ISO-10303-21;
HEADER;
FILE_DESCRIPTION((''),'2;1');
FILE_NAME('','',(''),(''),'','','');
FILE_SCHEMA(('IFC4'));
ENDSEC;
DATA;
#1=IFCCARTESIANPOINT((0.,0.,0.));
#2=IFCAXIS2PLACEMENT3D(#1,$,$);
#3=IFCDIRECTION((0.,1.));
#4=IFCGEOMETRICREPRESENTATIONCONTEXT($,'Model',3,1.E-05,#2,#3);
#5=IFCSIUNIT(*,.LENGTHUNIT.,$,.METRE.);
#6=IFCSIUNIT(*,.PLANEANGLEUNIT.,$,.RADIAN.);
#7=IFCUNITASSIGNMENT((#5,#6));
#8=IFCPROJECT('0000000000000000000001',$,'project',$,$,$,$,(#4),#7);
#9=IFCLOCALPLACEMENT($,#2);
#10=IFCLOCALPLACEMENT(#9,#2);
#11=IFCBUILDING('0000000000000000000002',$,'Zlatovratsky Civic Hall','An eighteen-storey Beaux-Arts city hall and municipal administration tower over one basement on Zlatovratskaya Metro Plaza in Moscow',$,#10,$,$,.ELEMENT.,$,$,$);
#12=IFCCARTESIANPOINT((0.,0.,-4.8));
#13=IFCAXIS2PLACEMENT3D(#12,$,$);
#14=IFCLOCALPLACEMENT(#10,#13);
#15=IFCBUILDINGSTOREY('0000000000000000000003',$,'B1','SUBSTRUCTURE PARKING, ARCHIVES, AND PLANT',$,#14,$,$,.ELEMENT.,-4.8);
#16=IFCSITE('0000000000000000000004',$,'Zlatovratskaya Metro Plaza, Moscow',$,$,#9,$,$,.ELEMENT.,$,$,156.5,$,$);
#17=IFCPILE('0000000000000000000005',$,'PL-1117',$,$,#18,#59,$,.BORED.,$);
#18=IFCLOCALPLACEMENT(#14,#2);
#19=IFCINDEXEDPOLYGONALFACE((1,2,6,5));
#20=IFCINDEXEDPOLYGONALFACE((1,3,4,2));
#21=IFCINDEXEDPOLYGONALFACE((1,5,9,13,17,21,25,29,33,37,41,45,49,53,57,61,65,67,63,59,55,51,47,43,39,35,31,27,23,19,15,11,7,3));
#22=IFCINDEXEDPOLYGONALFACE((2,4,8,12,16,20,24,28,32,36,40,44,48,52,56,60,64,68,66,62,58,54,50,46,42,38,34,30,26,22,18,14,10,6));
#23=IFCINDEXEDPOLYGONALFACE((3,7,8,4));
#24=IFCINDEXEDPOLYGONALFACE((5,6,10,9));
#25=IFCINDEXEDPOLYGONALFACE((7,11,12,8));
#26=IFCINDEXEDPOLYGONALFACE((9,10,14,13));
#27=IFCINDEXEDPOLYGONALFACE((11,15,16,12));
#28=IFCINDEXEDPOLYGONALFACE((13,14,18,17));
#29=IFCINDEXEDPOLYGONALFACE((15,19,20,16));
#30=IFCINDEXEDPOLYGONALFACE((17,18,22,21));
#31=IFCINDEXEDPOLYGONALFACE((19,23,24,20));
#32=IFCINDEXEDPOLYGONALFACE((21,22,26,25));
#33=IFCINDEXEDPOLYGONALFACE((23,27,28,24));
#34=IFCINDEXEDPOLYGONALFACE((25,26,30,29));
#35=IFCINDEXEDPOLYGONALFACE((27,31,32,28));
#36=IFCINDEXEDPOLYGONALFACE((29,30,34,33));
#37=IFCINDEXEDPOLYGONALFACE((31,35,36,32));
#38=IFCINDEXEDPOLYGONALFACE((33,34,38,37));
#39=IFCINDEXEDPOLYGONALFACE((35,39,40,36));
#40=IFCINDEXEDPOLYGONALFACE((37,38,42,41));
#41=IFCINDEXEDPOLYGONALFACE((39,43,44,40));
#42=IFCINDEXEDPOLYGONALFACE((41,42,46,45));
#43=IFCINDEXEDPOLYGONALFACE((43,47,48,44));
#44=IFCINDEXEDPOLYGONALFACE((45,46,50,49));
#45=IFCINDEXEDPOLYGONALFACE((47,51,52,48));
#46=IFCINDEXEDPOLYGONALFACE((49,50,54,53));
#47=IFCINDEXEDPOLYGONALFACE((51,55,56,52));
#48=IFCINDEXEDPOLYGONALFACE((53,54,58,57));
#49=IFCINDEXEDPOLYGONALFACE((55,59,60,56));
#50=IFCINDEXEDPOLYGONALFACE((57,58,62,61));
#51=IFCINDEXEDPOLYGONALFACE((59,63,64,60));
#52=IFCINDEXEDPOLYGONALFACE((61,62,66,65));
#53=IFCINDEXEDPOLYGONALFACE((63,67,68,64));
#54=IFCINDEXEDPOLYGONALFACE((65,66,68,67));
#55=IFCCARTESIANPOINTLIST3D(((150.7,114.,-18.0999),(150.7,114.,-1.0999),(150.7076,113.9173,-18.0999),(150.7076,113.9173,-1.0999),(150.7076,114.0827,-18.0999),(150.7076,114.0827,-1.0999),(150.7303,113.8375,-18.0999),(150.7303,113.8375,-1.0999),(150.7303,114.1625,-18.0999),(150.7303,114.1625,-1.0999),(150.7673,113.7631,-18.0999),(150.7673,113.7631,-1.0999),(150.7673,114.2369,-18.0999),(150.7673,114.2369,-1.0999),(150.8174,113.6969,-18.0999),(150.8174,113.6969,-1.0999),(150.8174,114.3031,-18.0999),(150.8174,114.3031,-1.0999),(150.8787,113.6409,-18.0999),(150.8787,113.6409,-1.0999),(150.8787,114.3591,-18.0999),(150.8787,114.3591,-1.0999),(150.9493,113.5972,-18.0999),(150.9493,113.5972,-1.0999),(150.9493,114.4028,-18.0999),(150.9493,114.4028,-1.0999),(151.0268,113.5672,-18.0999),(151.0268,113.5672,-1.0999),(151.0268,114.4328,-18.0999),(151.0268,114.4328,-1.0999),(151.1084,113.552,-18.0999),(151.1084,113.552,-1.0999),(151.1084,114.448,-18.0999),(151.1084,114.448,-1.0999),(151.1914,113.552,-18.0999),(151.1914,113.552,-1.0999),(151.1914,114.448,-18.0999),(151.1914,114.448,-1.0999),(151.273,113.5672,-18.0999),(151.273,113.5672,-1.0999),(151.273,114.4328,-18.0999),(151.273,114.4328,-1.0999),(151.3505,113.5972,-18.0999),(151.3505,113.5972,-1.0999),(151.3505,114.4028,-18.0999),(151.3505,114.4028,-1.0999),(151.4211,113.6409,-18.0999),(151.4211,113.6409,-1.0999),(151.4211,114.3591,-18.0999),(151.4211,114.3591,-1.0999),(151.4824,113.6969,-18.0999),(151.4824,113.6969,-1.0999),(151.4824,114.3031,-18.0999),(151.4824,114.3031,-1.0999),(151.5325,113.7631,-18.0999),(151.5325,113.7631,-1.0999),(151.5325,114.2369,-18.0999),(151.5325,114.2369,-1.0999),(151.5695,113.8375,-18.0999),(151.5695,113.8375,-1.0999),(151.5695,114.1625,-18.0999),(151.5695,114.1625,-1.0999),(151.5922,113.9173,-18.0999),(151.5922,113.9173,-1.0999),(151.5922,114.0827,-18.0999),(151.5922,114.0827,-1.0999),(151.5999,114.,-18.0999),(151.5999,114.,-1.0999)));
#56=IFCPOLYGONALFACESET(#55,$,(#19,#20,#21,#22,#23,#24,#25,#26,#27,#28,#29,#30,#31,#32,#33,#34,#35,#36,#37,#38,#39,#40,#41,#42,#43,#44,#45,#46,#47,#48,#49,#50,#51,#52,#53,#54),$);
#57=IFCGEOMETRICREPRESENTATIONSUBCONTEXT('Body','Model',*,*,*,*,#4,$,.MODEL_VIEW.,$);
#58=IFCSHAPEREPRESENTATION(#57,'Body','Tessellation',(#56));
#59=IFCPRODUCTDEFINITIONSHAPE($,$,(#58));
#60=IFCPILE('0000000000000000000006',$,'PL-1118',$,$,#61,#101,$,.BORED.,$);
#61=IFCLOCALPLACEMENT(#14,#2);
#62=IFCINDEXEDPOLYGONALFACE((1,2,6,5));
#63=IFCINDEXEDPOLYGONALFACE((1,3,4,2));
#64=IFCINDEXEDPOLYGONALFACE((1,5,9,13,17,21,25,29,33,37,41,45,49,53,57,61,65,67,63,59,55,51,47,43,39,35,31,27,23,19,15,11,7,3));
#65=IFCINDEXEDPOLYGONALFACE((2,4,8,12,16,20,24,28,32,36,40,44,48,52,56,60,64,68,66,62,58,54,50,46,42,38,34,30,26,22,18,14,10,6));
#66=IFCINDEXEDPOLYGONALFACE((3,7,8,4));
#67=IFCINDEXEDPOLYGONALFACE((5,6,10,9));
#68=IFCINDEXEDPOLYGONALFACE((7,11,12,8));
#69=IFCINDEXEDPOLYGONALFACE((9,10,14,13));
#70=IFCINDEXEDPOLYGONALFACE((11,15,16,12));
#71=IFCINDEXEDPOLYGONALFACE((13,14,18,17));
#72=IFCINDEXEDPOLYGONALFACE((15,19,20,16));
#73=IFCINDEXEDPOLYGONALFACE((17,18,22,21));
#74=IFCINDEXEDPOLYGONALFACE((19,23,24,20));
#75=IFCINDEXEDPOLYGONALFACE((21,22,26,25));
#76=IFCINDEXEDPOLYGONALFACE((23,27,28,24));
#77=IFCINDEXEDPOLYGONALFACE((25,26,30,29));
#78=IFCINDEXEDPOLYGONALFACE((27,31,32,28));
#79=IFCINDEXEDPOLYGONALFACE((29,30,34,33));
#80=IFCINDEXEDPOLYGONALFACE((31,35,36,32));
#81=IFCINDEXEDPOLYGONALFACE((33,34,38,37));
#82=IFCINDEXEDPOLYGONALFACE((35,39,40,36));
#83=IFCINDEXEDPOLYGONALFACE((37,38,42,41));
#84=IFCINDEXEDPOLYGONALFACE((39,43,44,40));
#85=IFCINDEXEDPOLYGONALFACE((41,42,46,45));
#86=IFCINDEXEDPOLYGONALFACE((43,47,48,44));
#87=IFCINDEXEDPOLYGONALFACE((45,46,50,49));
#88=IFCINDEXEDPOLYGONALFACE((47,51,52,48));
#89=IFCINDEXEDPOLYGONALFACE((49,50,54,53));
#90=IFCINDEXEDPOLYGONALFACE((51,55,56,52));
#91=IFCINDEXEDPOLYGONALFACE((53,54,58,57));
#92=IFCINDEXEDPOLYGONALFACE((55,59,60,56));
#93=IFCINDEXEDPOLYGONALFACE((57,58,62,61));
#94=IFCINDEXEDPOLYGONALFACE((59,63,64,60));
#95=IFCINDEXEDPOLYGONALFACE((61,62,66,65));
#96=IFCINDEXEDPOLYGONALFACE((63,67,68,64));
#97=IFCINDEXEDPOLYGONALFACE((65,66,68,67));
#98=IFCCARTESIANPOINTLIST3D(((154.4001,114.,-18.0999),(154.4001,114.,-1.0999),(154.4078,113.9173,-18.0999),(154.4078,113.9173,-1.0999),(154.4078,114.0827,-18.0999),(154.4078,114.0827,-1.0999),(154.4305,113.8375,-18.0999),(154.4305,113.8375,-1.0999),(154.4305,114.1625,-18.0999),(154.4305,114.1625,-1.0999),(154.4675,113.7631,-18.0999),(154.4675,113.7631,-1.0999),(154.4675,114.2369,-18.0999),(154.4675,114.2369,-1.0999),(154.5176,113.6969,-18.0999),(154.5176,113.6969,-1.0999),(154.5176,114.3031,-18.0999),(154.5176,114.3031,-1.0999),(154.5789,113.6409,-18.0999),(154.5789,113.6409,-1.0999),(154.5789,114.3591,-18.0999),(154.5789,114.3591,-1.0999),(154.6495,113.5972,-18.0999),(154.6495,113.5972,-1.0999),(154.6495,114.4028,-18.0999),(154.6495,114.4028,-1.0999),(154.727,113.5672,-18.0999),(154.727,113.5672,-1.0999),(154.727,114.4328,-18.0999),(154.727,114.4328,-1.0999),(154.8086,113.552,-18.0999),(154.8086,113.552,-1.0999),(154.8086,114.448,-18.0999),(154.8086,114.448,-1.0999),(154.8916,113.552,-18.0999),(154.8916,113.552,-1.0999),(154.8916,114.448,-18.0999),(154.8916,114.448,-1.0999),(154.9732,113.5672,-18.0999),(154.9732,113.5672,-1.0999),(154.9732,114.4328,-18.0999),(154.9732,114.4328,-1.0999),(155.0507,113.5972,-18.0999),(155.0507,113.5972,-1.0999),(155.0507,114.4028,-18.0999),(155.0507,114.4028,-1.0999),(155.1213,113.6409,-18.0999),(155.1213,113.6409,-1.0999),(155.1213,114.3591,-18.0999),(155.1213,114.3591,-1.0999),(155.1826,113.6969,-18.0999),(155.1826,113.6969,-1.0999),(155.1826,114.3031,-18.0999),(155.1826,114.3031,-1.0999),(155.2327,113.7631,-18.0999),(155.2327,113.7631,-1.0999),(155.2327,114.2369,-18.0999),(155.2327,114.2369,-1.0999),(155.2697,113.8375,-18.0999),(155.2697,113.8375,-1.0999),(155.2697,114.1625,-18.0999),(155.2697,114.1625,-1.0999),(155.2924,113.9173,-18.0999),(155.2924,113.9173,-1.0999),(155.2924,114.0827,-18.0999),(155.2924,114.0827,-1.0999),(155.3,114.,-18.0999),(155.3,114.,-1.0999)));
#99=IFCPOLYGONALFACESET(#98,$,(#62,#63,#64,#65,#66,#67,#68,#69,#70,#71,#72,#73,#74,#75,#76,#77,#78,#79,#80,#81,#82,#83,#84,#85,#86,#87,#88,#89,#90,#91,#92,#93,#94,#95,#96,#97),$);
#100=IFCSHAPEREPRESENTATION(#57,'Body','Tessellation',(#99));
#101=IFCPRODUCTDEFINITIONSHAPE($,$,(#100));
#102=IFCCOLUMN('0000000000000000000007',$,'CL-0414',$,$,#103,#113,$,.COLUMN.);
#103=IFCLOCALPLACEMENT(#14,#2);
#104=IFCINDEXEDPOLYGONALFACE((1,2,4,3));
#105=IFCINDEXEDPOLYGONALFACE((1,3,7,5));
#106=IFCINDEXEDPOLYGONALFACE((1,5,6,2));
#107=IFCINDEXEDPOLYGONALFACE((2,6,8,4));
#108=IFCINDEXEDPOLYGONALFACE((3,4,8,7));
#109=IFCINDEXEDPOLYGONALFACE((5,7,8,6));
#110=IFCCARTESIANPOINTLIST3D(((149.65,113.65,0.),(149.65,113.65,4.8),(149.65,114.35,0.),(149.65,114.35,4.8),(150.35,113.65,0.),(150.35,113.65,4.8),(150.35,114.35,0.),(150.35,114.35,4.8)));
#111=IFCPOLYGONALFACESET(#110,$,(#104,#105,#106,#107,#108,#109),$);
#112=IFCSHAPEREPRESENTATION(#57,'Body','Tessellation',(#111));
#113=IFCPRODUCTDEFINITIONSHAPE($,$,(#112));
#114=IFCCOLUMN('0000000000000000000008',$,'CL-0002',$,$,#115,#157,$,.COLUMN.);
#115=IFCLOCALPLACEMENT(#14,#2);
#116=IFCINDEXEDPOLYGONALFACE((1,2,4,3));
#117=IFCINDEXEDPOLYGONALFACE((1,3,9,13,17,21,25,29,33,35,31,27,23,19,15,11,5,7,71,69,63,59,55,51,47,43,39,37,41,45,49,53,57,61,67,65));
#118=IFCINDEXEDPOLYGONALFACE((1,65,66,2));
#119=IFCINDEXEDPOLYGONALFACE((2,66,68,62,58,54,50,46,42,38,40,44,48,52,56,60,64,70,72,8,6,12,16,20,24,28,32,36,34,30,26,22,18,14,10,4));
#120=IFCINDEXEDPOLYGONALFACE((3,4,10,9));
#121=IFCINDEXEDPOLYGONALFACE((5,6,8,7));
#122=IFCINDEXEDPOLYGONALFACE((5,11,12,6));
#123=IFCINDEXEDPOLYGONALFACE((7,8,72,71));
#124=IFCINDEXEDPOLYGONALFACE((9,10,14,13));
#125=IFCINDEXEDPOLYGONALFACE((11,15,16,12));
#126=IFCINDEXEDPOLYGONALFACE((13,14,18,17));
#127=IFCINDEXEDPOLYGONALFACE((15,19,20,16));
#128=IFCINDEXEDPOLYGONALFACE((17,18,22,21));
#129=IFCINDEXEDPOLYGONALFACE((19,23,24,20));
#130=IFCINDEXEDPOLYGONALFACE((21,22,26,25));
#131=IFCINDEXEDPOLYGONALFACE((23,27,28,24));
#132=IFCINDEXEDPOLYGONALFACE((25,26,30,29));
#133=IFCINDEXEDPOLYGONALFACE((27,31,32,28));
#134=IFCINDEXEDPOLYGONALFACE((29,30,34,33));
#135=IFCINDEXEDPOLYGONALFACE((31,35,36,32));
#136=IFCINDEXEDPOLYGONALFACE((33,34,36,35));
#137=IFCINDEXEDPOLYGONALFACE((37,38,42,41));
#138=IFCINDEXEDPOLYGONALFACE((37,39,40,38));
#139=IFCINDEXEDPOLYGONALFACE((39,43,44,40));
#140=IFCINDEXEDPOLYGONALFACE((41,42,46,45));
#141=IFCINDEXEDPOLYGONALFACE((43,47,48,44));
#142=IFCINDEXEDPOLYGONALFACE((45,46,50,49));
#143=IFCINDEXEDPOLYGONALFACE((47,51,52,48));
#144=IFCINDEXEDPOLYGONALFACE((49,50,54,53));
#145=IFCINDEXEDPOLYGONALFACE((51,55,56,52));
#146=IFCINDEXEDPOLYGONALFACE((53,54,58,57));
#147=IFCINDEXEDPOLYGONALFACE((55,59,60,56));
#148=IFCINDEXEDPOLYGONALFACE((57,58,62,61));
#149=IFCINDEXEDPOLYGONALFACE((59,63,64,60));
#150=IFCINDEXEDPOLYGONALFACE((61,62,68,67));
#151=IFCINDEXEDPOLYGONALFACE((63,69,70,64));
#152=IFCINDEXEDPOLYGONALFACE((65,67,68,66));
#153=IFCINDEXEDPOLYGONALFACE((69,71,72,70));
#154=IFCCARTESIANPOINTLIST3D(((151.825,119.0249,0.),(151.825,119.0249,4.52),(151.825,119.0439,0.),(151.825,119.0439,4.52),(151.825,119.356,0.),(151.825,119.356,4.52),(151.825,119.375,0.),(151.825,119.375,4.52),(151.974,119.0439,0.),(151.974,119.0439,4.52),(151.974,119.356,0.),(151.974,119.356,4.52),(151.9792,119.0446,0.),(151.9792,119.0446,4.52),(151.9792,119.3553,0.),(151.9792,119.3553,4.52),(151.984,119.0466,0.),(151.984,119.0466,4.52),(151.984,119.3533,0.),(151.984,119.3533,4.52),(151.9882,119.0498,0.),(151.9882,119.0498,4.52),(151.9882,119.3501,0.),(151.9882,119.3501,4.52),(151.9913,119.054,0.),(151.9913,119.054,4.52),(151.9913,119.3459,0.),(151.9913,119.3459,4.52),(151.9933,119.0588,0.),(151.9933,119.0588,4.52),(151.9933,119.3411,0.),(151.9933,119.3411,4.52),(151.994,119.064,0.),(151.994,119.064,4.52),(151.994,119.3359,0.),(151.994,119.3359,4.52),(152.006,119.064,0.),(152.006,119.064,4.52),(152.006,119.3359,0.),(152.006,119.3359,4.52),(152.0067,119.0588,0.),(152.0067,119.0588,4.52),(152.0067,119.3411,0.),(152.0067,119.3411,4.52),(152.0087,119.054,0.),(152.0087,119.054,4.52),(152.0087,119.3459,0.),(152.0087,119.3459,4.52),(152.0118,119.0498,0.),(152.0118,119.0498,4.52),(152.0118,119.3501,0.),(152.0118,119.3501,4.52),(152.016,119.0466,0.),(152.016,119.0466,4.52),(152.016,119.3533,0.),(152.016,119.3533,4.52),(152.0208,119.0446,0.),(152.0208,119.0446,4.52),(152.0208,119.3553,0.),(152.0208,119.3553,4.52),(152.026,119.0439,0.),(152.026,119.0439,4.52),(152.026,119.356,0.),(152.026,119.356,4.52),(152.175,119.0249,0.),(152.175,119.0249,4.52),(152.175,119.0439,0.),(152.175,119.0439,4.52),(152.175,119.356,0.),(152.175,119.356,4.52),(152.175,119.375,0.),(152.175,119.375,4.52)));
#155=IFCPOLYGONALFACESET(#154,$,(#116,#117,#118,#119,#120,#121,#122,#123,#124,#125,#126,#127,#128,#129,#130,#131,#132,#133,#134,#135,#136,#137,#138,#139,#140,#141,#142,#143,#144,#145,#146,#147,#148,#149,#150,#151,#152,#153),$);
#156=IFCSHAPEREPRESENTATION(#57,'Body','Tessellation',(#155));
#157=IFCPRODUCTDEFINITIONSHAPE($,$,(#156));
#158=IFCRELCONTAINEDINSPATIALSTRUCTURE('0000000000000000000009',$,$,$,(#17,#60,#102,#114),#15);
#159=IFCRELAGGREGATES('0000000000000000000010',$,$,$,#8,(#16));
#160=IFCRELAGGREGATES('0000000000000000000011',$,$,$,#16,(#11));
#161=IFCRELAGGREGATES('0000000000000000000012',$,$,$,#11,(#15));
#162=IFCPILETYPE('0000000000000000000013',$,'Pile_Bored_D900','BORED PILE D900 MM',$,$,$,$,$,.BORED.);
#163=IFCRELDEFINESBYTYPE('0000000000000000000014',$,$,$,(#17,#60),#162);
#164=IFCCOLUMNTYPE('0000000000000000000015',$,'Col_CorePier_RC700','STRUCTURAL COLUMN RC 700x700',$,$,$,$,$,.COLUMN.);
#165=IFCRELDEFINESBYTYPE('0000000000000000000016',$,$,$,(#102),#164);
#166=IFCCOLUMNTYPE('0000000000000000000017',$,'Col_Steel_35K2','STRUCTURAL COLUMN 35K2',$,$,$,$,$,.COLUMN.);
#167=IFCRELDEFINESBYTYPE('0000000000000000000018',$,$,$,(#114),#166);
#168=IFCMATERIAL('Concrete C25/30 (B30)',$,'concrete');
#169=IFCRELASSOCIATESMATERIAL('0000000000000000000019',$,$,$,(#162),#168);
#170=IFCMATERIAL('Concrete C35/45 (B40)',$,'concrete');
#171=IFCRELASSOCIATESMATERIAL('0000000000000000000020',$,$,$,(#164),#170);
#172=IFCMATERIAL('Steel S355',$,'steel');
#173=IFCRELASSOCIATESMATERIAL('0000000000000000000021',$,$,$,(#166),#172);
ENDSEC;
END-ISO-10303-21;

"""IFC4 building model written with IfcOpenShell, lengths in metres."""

from ifc_helpers import new_model, si_unit, direction, frame, origin, origin_2d, place, context, subcontext, project, spatial, rectangle, circle, i_section, extrude, material, material_profile, profile_set, type_object, element, save


model = new_model("IFC4")

# Units and contexts
model_context = context("Model", 3, precision=1e-05, world=origin(), true_north=direction((0.0, 1.0)))
body_context = subcontext(model_context, "Body", "Model", "MODEL_VIEW")
ifc_project = project(units=[si_unit("LENGTHUNIT", "METRE"), si_unit("PLANEANGLEUNIT", "RADIAN")], contexts=[model_context])

# Site, building, storey
site_placement = place(None, origin())
site = spatial("IfcSite", under=ifc_project, at=site_placement, Name="Zlatovratskaya Metro Plaza, Moscow", CompositionType="ELEMENT", RefElevation=156.5)
building_placement = place(site_placement, origin())
building = spatial("IfcBuilding", under=site, at=building_placement, Name="Zlatovratsky Civic Hall", Description="An eighteen-storey Beaux-Arts city hall and municipal administration tower over one basement on Zlatovratskaya Metro Plaza in Moscow", CompositionType="ELEMENT")
storey_placement = place(building_placement, frame((0.0, 0.0, -4.8)))
storey = spatial("IfcBuildingStorey", under=building, at=storey_placement, Name="B1", Description="SUBSTRUCTURE PARKING, ARCHIVES, AND PLANT", CompositionType="ELEMENT", Elevation=-4.8)

# Shared definitions
ifc_material_1 = material(Name="Concrete C25/30 (B30)", Category="concrete")

# Piles
ifc_material_profile_1 = material_profile(ifc_material_1, circle(Radius=0.45, at=origin_2d()), Name="PILE D900")
ifc_profile_set_1 = profile_set([ifc_material_profile_1], Name="Concrete C25/30 (B30)")
pile_type_1 = type_object("IfcPileType", Name="Pile_Bored_D900", Description="BORED PILE D900 MM", PredefinedType="BORED", material=ifc_profile_set_1)
for number, where, z_axis, x_axis, name in (
    (1, (151.1499, 114.0, -1.0999), (0.0, 0.0, -1.0), (1.0, 0.0, 0.0), "PL-1117"),
    (2, (154.8501, 114.0, -1.0999), (0.0, 0.0, -1.0), (1.0, 0.0, 0.0), "PL-1118"),
):
    element("IfcPile", number, at=place(storey_placement, frame(where, z_axis=z_axis, x_axis=x_axis)), inside=storey, type_object=pile_type_1, Name=name, PredefinedType="BORED", context=body_context, shape_type="SweptSolid", body=[
        extrude(circle(Radius=0.45, at=origin_2d()), origin(), (0.0, 0.0, 1.0), 17.0),
    ])

# Columns
ifc_material_2 = material(Name="Concrete C35/45 (B40)", Category="concrete")
ifc_material_profile_2 = material_profile(ifc_material_2, rectangle(XDim=0.7, YDim=0.7, at=origin_2d()), Name="RC 700x700")
ifc_profile_set_2 = profile_set([ifc_material_profile_2], Name="Concrete C35/45 (B40)")
column_type_1 = type_object("IfcColumnType", Name="Col_CorePier_RC700", Description="STRUCTURAL COLUMN RC 700x700", PredefinedType="COLUMN", material=ifc_profile_set_2)
column_1_placement = place(storey_placement, frame((150.0, 114.0, 0.0), z_axis=(0.0, 0.0, 1.0), x_axis=(1.0, 0.0, 0.0)))
element("IfcColumn", 3, at=column_1_placement, inside=storey, type_object=column_type_1, Name="CL-0414", PredefinedType="COLUMN", context=body_context, shape_type="SweptSolid", body=[
    extrude(rectangle(XDim=0.7, YDim=0.7, at=origin_2d()), origin(), (0.0, 0.0, 1.0), 4.8),
])
ifc_material_3 = material(Name="Steel S355", Category="steel")
ifc_material_profile_3 = material_profile(ifc_material_3, i_section(OverallWidth=0.3501, OverallDepth=0.3501, WebThickness=0.012, FlangeThickness=0.019, FilletRadius=0.02, at=origin_2d()), Name="35K2")
ifc_profile_set_3 = profile_set([ifc_material_profile_3], Name="Steel S355")
column_type_2 = type_object("IfcColumnType", Name="Col_Steel_35K2", Description="STRUCTURAL COLUMN 35K2", PredefinedType="COLUMN", material=ifc_profile_set_3)
column_2_placement = place(storey_placement, frame((152.0, 119.2, 0.0), z_axis=(0.0, 0.0, 1.0), x_axis=(1.0, 0.0, 0.0)))
element("IfcColumn", 4, at=column_2_placement, inside=storey, type_object=column_type_2, Name="CL-0002", PredefinedType="COLUMN", context=body_context, shape_type="SweptSolid", body=[
    extrude(i_section(OverallWidth=0.3501, OverallDepth=0.3501, WebThickness=0.012, FlangeThickness=0.019, FilletRadius=0.02, at=origin_2d()), origin(), (0.0, 0.0, 1.0), 4.52),
])

save(model, "model.ifc")
